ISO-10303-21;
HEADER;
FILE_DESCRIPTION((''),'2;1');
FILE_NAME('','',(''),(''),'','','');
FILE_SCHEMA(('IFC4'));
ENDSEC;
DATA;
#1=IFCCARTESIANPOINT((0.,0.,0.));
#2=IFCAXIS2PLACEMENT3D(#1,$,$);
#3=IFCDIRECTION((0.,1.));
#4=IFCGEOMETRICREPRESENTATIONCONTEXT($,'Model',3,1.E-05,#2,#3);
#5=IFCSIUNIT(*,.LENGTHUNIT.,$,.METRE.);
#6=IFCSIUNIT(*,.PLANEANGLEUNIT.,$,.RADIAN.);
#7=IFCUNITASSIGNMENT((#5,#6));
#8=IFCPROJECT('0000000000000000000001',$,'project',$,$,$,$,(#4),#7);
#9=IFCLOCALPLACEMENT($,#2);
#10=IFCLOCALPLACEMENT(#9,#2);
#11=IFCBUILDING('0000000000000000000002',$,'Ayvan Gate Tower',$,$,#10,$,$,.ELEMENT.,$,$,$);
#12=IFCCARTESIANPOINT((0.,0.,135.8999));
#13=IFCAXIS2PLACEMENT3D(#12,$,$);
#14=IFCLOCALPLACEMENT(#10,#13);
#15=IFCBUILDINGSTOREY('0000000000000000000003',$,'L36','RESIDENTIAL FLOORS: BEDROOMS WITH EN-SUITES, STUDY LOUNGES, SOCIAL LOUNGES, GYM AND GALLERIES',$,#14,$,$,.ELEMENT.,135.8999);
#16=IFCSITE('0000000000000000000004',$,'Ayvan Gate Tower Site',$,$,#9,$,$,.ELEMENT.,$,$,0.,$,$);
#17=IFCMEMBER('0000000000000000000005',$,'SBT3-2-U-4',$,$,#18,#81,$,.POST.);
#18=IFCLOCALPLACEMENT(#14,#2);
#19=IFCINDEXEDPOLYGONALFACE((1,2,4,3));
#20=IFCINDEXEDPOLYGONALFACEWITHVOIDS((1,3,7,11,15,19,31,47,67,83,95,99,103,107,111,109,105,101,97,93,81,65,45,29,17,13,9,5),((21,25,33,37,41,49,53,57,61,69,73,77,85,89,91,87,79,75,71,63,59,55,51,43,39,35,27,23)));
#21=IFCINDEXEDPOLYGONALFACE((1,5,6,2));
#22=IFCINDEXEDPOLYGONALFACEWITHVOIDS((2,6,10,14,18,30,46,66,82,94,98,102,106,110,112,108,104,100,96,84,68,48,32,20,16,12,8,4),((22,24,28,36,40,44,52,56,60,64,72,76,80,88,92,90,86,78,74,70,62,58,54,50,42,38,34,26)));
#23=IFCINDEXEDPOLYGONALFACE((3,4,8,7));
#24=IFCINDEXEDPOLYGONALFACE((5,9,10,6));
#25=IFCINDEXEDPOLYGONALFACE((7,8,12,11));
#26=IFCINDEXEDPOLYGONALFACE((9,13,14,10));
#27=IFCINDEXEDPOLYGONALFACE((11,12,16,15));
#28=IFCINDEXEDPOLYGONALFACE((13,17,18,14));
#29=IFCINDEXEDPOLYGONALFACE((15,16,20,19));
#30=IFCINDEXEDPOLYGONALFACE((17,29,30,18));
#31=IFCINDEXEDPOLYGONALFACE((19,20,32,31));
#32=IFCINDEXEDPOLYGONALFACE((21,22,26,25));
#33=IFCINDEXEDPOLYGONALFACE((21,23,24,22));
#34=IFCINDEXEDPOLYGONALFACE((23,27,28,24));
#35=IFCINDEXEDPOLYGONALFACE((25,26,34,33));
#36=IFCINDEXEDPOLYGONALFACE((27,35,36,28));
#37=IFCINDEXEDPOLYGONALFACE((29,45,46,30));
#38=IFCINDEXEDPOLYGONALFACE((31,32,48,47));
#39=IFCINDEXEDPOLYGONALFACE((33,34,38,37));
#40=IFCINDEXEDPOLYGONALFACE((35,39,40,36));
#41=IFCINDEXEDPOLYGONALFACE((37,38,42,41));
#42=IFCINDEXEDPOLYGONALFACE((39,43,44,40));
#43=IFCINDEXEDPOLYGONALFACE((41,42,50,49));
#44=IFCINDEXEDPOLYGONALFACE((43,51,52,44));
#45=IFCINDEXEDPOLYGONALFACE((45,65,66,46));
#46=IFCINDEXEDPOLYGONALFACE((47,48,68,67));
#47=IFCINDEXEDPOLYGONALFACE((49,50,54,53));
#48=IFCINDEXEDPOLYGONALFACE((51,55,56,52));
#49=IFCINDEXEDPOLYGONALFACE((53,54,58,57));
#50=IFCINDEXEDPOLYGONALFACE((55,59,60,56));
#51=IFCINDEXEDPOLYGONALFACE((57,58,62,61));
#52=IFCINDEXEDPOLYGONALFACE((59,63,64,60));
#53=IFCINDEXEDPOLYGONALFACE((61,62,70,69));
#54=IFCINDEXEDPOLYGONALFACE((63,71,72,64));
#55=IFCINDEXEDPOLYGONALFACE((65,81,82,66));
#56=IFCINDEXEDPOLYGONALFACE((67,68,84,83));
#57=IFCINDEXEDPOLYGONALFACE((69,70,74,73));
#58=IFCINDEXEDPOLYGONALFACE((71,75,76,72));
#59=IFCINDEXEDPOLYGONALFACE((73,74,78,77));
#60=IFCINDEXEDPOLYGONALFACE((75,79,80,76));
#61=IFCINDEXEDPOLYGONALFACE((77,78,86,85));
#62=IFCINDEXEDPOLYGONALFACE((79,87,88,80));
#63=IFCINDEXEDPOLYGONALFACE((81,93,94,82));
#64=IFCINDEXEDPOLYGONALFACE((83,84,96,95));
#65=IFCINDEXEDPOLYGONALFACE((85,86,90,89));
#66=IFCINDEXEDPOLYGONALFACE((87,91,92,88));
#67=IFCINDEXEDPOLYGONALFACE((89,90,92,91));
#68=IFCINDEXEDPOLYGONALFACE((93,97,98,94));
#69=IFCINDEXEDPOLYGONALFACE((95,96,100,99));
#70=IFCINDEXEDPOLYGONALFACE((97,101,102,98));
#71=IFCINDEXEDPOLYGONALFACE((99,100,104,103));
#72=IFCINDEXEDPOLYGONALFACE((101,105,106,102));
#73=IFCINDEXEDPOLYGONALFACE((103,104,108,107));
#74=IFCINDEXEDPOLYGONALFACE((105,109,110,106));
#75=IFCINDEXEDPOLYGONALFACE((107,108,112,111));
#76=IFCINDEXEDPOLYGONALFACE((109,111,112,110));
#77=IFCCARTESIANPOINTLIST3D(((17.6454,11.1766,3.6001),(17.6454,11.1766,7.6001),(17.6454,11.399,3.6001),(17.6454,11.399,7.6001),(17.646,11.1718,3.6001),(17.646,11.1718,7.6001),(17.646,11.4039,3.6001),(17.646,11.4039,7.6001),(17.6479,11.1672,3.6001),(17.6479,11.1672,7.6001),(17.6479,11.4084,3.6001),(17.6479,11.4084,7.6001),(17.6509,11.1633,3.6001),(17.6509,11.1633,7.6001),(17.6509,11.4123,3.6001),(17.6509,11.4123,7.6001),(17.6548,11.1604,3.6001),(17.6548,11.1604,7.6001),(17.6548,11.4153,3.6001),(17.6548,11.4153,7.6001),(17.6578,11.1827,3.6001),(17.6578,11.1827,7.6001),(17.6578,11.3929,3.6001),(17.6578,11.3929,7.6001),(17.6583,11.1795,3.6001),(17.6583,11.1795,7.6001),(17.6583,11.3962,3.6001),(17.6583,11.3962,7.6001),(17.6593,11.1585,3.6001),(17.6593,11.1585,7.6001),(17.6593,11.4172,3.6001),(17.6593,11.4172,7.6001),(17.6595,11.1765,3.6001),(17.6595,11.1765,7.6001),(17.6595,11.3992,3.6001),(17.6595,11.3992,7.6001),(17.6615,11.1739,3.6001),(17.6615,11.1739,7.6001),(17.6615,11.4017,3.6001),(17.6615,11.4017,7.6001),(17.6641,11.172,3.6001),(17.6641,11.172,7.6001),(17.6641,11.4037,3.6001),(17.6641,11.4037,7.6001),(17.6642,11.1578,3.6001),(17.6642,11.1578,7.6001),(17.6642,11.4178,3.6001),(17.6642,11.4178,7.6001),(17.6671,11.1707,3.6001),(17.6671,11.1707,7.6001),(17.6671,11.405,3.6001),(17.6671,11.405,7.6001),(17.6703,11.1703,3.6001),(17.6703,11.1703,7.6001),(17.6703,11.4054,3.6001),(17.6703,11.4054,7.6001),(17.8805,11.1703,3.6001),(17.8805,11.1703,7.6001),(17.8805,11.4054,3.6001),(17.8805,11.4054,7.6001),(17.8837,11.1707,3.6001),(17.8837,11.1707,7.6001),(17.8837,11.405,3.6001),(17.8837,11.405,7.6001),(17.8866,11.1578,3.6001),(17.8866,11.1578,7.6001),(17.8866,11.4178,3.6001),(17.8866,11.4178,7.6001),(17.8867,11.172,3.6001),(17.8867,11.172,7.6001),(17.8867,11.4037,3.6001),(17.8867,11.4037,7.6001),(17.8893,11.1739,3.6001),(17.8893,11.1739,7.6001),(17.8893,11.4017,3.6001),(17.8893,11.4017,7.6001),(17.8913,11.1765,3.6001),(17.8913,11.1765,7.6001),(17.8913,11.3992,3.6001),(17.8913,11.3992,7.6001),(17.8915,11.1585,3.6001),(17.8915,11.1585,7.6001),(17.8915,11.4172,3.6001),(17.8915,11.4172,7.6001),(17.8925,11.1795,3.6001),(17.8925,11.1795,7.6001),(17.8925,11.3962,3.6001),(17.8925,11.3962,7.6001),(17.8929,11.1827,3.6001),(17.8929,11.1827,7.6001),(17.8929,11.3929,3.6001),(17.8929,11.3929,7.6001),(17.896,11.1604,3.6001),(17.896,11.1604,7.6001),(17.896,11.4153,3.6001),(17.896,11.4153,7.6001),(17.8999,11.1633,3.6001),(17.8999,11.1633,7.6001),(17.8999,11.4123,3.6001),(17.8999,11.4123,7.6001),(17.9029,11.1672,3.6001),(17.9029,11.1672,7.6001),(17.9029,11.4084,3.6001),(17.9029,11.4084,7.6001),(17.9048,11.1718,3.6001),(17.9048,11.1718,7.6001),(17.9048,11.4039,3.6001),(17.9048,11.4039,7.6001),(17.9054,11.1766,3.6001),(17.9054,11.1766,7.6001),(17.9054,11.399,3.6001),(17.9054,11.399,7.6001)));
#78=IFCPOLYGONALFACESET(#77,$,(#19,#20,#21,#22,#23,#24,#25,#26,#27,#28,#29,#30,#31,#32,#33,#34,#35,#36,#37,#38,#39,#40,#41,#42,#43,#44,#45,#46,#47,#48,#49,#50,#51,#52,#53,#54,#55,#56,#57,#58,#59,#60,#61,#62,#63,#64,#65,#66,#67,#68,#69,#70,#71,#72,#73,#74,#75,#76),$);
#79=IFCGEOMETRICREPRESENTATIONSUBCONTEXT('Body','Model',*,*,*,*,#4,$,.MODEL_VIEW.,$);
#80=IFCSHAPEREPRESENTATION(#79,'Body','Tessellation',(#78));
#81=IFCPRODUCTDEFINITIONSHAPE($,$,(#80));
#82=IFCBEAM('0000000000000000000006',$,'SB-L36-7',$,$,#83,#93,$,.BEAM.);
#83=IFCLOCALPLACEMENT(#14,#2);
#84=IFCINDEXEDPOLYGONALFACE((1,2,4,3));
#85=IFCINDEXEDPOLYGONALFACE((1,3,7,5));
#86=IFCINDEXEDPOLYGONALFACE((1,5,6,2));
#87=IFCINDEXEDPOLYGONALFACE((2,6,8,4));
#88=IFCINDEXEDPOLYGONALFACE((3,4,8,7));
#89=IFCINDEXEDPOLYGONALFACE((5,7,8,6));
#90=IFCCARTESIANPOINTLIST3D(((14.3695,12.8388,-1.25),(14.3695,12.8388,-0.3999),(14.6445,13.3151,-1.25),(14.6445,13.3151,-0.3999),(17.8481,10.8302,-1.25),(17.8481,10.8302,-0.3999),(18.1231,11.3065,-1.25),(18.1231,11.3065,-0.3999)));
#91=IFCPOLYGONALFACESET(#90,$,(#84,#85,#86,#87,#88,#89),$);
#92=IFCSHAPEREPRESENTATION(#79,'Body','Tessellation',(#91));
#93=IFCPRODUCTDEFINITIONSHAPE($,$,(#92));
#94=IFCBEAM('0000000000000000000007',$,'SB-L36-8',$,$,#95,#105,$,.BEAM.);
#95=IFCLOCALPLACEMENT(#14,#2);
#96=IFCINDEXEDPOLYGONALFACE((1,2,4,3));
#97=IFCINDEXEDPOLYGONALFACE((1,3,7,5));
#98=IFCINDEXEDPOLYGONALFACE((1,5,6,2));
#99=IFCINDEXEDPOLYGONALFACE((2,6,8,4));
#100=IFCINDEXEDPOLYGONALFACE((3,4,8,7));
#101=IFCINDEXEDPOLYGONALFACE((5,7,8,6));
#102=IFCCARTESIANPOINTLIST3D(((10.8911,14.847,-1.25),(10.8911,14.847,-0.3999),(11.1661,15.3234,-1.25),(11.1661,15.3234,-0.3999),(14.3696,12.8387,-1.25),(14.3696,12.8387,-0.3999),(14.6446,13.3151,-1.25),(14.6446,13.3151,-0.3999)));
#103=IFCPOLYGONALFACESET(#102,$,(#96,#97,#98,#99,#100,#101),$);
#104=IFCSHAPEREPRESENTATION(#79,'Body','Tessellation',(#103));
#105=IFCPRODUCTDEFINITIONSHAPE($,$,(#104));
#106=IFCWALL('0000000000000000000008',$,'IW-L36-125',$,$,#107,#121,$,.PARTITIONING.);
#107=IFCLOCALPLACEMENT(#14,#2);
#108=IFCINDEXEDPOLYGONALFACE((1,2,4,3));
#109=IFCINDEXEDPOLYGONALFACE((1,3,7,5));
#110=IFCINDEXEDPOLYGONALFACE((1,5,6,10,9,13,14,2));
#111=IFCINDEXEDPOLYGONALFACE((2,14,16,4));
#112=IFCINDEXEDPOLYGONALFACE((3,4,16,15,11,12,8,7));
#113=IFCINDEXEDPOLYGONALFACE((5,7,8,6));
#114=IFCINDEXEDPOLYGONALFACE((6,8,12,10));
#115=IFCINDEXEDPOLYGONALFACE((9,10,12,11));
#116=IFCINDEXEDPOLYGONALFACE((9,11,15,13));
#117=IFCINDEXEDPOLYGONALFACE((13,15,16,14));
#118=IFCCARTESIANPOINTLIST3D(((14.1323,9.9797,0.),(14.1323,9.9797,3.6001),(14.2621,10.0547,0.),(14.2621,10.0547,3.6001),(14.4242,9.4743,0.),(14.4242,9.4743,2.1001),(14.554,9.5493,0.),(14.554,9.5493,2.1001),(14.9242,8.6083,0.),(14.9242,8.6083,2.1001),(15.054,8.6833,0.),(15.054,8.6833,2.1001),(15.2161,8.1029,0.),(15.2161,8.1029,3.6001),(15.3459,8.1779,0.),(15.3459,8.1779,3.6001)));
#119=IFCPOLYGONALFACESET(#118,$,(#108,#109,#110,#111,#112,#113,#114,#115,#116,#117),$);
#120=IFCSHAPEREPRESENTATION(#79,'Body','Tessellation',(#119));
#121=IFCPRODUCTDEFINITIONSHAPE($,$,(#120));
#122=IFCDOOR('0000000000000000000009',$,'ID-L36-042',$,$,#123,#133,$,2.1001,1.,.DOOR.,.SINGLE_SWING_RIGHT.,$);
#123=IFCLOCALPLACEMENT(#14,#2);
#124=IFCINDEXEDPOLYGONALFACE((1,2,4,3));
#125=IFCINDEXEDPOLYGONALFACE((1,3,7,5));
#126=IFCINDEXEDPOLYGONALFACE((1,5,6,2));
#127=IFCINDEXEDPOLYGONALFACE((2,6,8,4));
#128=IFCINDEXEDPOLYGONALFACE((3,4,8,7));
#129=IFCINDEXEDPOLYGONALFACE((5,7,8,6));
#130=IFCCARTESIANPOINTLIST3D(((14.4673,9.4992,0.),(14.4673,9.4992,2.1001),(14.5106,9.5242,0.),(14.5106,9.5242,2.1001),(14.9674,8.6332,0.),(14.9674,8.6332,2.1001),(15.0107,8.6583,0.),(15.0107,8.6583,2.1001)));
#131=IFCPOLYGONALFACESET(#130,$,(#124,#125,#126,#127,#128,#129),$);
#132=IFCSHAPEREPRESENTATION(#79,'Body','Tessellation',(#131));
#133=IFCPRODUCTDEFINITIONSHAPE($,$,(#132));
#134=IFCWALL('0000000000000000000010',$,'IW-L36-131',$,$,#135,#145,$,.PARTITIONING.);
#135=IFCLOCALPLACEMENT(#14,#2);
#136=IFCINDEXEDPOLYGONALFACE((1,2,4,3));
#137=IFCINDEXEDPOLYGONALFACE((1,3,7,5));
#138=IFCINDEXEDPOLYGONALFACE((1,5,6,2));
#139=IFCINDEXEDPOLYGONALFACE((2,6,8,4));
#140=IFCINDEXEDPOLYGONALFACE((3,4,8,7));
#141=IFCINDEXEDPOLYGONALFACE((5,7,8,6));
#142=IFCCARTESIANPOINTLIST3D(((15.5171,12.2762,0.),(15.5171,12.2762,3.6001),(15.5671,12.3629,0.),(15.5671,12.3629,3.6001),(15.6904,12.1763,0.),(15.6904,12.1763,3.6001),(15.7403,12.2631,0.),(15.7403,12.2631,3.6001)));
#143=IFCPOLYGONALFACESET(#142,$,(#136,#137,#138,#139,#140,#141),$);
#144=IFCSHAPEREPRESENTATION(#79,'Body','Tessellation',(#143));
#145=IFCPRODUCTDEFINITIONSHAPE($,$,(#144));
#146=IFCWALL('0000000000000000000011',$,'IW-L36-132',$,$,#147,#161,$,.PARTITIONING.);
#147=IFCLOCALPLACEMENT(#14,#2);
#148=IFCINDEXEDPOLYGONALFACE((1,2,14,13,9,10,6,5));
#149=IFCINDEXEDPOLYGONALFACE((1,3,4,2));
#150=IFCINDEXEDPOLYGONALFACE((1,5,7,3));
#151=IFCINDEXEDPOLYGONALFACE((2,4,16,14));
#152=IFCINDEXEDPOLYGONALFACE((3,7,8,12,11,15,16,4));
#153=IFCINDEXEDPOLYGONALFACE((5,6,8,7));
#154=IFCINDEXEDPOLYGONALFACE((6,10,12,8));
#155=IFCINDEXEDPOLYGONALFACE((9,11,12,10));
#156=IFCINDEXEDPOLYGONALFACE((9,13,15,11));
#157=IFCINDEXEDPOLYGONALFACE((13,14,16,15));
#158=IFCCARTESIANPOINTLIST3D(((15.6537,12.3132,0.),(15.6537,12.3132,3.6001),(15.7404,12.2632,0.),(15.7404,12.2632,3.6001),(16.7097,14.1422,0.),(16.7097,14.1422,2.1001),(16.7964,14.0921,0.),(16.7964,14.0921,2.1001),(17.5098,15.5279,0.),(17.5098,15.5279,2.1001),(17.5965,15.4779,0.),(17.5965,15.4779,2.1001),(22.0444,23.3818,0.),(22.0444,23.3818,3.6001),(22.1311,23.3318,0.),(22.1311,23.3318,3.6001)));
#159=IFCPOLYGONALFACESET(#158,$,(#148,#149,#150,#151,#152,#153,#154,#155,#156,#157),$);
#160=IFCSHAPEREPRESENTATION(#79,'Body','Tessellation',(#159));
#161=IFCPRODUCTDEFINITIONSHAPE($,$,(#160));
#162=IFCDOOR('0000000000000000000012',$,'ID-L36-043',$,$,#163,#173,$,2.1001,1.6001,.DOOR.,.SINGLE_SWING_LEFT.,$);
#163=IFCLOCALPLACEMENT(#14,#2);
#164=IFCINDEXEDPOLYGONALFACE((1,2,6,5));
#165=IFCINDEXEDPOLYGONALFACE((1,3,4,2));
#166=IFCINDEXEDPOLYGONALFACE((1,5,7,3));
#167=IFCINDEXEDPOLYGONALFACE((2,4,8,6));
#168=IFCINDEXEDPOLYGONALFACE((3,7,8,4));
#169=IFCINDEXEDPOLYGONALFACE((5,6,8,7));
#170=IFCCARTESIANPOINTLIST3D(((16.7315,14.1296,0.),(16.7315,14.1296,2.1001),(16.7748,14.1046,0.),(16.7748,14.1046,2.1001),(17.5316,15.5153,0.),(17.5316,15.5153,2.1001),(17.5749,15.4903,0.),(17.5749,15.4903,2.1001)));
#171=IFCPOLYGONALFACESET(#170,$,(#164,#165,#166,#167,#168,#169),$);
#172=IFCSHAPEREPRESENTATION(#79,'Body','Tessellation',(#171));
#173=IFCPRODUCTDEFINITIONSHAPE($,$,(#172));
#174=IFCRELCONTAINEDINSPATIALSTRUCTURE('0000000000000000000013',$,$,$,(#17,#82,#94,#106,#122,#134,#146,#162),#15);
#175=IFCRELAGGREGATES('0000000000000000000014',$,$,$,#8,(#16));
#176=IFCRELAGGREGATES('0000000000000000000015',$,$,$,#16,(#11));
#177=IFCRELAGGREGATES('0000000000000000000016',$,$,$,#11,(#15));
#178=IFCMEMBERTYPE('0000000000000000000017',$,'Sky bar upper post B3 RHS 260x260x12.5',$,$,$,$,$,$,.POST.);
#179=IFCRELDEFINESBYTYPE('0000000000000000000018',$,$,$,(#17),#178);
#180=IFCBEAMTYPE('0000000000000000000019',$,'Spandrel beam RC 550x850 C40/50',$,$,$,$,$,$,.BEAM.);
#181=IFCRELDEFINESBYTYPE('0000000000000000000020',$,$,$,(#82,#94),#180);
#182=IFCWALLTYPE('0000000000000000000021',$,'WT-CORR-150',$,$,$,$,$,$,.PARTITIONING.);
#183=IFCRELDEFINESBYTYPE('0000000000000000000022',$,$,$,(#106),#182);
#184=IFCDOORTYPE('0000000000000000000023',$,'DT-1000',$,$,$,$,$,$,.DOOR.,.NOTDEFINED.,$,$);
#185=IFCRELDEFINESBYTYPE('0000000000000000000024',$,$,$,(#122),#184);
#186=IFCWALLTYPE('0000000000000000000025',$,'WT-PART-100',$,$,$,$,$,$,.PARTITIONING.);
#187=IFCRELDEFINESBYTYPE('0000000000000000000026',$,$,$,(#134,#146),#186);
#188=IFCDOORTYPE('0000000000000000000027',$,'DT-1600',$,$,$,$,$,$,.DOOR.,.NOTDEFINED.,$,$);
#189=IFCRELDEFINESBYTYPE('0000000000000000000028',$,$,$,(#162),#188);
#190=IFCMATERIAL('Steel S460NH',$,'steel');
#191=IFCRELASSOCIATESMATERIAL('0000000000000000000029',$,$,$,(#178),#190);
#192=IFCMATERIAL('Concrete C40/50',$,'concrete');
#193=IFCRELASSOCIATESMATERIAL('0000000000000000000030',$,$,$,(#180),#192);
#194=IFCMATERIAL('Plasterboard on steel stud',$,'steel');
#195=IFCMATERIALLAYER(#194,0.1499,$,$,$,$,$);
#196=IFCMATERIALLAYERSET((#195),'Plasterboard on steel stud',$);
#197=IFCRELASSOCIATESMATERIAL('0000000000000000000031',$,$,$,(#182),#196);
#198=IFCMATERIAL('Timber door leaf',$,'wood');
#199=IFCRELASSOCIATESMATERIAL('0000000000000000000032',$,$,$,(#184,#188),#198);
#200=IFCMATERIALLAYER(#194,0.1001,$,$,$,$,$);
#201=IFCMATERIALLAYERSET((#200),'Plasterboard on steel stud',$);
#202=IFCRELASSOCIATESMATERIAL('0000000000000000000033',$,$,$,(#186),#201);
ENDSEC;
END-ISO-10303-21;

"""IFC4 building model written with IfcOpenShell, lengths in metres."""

from ifc_helpers import new_model, si_unit, direction, frame, frame_2d, origin, origin_2d, place, context, subcontext, project, spatial, rectangle, hollow_rectangle, extrude, material, layer, layer_set, material_profile, profile_set, type_object, element, fill, save


model = new_model("IFC4")

# Units and contexts
model_context = context("Model", 3, precision=1e-05, world=origin(), true_north=direction((0.0, 1.0)))
body_context = subcontext(model_context, "Body", "Model", "MODEL_VIEW")
ifc_project = project(units=[si_unit("LENGTHUNIT", "METRE"), si_unit("PLANEANGLEUNIT", "RADIAN")], contexts=[model_context])

# Site, building, storey
site_placement = place(None, origin())
site = spatial("IfcSite", under=ifc_project, at=site_placement, Name="Ayvan Gate Tower Site", CompositionType="ELEMENT", RefElevation=0.0)
building_placement = place(site_placement, origin())
building = spatial("IfcBuilding", under=site, at=building_placement, Name="Ayvan Gate Tower", CompositionType="ELEMENT")
storey_placement = place(building_placement, frame((0.0, 0.0, 135.8999)))
storey = spatial("IfcBuildingStorey", under=building, at=storey_placement, Name="L36", Description="RESIDENTIAL FLOORS: BEDROOMS WITH EN-SUITES, STUDY LOUNGES, SOCIAL LOUNGES, GYM AND GALLERIES", CompositionType="ELEMENT", Elevation=135.8999)

# Shared definitions
ifc_material_1 = material(Name="Concrete C40/50", Category="concrete")

# Member
ifc_material_2 = material(Name="Steel S460NH", Category="steel")
ifc_material_profile_1 = material_profile(ifc_material_2, hollow_rectangle(XDim=0.26, YDim=0.26, WallThickness=0.0125, InnerFilletRadius=0.0125, OuterFilletRadius=0.0188, at=origin_2d()), Name="RHS 260x260x12.5")
ifc_profile_set_1 = profile_set([ifc_material_profile_1], Name="Steel S460NH")
member_type_1 = type_object("IfcMemberType", Name="Sky bar upper post B3 RHS 260x260x12.5", PredefinedType="POST", material=ifc_profile_set_1)
for number, where, z_axis, x_axis, name in (
    (1, (17.7754, 11.2878, 3.6001), (0.0, 0.0, 1.0), (1.0, 0.0, 0.0), "SBT3-2-U-4"),
):
    element("IfcMember", number, at=place(storey_placement, frame(where, z_axis=z_axis, x_axis=x_axis)), inside=storey, type_object=member_type_1, Name=name, PredefinedType="POST", context=body_context, shape_type="SweptSolid", body=[
        extrude(hollow_rectangle(XDim=0.26, YDim=0.26, WallThickness=0.0125, InnerFilletRadius=0.0125, OuterFilletRadius=0.0188, at=origin_2d()), origin(), (0.0, 0.0, 1.0), 4.0),
    ])

# Beams
ifc_material_profile_2 = material_profile(ifc_material_1, rectangle(XDim=0.55, YDim=0.8501, at=origin_2d()), Name="RC 550x850")
ifc_profile_set_2 = profile_set([ifc_material_profile_2], Name="Concrete C40/50")
beam_type_1 = type_object("IfcBeamType", Name="Spandrel beam RC 550x850 C40/50", PredefinedType="BEAM", material=ifc_profile_set_2)
beam_1_placement = place(storey_placement, frame((17.9856, 11.0684, -0.825), z_axis=(-0.866001, 0.500042, 0.0), x_axis=(-0.500042, -0.866001, 0.0)))
element("IfcBeam", 2, at=beam_1_placement, inside=storey, type_object=beam_type_1, Name="SB-L36-7", PredefinedType="BEAM", context=body_context, shape_type="SweptSolid", body=[
    extrude(rectangle(XDim=0.55, YDim=0.8501, at=origin_2d()), origin(), (0.0, 0.0, 1.0), 4.0168),
])
beam_2_placement = place(storey_placement, frame((14.5071, 13.0769, -0.825), z_axis=(-0.866028, 0.499996, 0.0), x_axis=(-0.499996, -0.866028, 0.0)))
element("IfcBeam", 3, at=beam_2_placement, inside=storey, type_object=beam_type_1, Name="SB-L36-8", PredefinedType="BEAM", context=body_context, shape_type="SweptSolid", body=[
    extrude(rectangle(XDim=0.55, YDim=0.8501, at=origin_2d()), origin(), (0.0, 0.0, 1.0), 4.0166),
])

# Wall, opening, door
ifc_material_3 = material(Name="Plasterboard on steel stud", Category="steel")
ifc_layer_1 = layer(ifc_material_3, 0.1499)
ifc_layer_set_1 = layer_set([ifc_layer_1], Name="Plasterboard on steel stud")
wall_type_1 = type_object("IfcWallType", Name="WT-CORR-150", PredefinedType="PARTITIONING", material=ifc_layer_set_1)
wall_1_placement = place(storey_placement, frame((14.1973, 10.0171, 0.0), z_axis=(0.0, 0.0, 1.0), x_axis=(0.500077, -0.865981, 0.0)))
wall_1 = element("IfcWall", 4, at=wall_1_placement, inside=storey, type_object=wall_type_1, Name="IW-L36-125", PredefinedType="PARTITIONING", context=body_context, shape_type="SweptSolid", body=[
    extrude(rectangle(XDim=2.1672, YDim=0.1499, at=frame_2d((1.0835, 0.0))), origin(), (0.0, 0.0, 1.0), 3.6001),
])
opening_1_placement = place(wall_1_placement, frame((0.5835, 0.0, 0.0)))
opening_1 = element("IfcOpeningElement", 5, at=opening_1_placement, cuts=wall_1, PredefinedType="OPENING", context=body_context, shape_type="SweptSolid", body=[
    extrude(rectangle(XDim=1.0, YDim=2.1001, at=frame_2d((0.5, 1.05))), frame((0.0, 0.085, 0.0), z_axis=(0.0, -1.0, 0.0), x_axis=(1.0, 0.0, 0.0)), (0.0, 0.0, 1.0), 0.1699),
])
ifc_material_4 = material(Name="Timber door leaf", Category="wood")
door_type_1 = type_object("IfcDoorType", Name="DT-1000", OperationType="NOTDEFINED", PredefinedType="DOOR", material=ifc_material_4)
door_1_placement = place(opening_1_placement, origin())
door_1 = element("IfcDoor", 6, at=door_1_placement, inside=storey, type_object=door_type_1, Name="ID-L36-042", OperationType="SINGLE_SWING_RIGHT", OverallHeight=2.1001, OverallWidth=1.0, PredefinedType="DOOR", context=body_context, shape_type="SweptSolid", body=[
    extrude(rectangle(XDim=1.0, YDim=2.1001, at=frame_2d((0.5, 1.05))), frame((0.0, 0.0249, 0.0), z_axis=(0.0, -1.0, 0.0), x_axis=(1.0, 0.0, 0.0)), (0.0, 0.0, 1.0), 0.05),
])
fill(opening_1, door_1)

# Wall
ifc_layer_2 = layer(ifc_material_3, 0.1001)
ifc_layer_set_2 = layer_set([ifc_layer_2], Name="Plasterboard on steel stud")
wall_type_2 = type_object("IfcWallType", Name="WT-PART-100", PredefinedType="PARTITIONING", material=ifc_layer_set_2)
wall_2_placement = place(storey_placement, frame((15.542, 12.3196, 0.0), z_axis=(0.0, 0.0, 1.0), x_axis=(0.86651, -0.499159, 0.0)))
element("IfcWall", 7, at=wall_2_placement, inside=storey, type_object=wall_type_2, Name="IW-L36-131", PredefinedType="PARTITIONING", context=body_context, shape_type="SweptSolid", body=[
    extrude(rectangle(XDim=0.2, YDim=0.1001, at=frame_2d((0.1001, 0.0))), origin(), (0.0, 0.0, 1.0), 3.6001),
])

# Wall, opening, door
wall_3_placement = place(storey_placement, frame((15.697, 12.2881, 0.0), z_axis=(0.0, 0.0, 1.0), x_axis=(0.50001, 0.86602, 0.0)))
wall_3 = element("IfcWall", 8, at=wall_3_placement, inside=storey, type_object=wall_type_2, Name="IW-L36-132", PredefinedType="PARTITIONING", context=body_context, shape_type="SweptSolid", body=[
    extrude(rectangle(XDim=12.781, YDim=0.1001, at=frame_2d((6.3906, 0.0))), origin(), (0.0, 0.0, 1.0), 3.6001),
])
opening_2_placement = place(wall_3_placement, frame((2.1121, 0.0, 0.0)))
opening_2 = element("IfcOpeningElement", 9, at=opening_2_placement, cuts=wall_3, PredefinedType="OPENING", context=body_context, shape_type="SweptSolid", body=[
    extrude(rectangle(XDim=1.6001, YDim=2.1001, at=frame_2d((0.8, 1.05))), frame((0.0, 0.0601, 0.0), z_axis=(0.0, -1.0, 0.0), x_axis=(1.0, 0.0, 0.0)), (0.0, 0.0, 1.0), 0.1201),
])
door_type_2 = type_object("IfcDoorType", Name="DT-1600", OperationType="NOTDEFINED", PredefinedType="DOOR", material=ifc_material_4)
door_2_placement = place(opening_2_placement, origin())
door_2 = element("IfcDoor", 10, at=door_2_placement, inside=storey, type_object=door_type_2, Name="ID-L36-043", OperationType="SINGLE_SWING_LEFT", OverallHeight=2.1001, OverallWidth=1.6001, PredefinedType="DOOR", context=body_context, shape_type="SweptSolid", body=[
    extrude(rectangle(XDim=1.6001, YDim=2.1001, at=frame_2d((0.8, 1.05))), frame((0.0, 0.0249, 0.0), z_axis=(0.0, -1.0, 0.0), x_axis=(1.0, 0.0, 0.0)), (0.0, 0.0, 1.0), 0.05),
])
fill(opening_2, door_2)

save(model, "model.ifc")
